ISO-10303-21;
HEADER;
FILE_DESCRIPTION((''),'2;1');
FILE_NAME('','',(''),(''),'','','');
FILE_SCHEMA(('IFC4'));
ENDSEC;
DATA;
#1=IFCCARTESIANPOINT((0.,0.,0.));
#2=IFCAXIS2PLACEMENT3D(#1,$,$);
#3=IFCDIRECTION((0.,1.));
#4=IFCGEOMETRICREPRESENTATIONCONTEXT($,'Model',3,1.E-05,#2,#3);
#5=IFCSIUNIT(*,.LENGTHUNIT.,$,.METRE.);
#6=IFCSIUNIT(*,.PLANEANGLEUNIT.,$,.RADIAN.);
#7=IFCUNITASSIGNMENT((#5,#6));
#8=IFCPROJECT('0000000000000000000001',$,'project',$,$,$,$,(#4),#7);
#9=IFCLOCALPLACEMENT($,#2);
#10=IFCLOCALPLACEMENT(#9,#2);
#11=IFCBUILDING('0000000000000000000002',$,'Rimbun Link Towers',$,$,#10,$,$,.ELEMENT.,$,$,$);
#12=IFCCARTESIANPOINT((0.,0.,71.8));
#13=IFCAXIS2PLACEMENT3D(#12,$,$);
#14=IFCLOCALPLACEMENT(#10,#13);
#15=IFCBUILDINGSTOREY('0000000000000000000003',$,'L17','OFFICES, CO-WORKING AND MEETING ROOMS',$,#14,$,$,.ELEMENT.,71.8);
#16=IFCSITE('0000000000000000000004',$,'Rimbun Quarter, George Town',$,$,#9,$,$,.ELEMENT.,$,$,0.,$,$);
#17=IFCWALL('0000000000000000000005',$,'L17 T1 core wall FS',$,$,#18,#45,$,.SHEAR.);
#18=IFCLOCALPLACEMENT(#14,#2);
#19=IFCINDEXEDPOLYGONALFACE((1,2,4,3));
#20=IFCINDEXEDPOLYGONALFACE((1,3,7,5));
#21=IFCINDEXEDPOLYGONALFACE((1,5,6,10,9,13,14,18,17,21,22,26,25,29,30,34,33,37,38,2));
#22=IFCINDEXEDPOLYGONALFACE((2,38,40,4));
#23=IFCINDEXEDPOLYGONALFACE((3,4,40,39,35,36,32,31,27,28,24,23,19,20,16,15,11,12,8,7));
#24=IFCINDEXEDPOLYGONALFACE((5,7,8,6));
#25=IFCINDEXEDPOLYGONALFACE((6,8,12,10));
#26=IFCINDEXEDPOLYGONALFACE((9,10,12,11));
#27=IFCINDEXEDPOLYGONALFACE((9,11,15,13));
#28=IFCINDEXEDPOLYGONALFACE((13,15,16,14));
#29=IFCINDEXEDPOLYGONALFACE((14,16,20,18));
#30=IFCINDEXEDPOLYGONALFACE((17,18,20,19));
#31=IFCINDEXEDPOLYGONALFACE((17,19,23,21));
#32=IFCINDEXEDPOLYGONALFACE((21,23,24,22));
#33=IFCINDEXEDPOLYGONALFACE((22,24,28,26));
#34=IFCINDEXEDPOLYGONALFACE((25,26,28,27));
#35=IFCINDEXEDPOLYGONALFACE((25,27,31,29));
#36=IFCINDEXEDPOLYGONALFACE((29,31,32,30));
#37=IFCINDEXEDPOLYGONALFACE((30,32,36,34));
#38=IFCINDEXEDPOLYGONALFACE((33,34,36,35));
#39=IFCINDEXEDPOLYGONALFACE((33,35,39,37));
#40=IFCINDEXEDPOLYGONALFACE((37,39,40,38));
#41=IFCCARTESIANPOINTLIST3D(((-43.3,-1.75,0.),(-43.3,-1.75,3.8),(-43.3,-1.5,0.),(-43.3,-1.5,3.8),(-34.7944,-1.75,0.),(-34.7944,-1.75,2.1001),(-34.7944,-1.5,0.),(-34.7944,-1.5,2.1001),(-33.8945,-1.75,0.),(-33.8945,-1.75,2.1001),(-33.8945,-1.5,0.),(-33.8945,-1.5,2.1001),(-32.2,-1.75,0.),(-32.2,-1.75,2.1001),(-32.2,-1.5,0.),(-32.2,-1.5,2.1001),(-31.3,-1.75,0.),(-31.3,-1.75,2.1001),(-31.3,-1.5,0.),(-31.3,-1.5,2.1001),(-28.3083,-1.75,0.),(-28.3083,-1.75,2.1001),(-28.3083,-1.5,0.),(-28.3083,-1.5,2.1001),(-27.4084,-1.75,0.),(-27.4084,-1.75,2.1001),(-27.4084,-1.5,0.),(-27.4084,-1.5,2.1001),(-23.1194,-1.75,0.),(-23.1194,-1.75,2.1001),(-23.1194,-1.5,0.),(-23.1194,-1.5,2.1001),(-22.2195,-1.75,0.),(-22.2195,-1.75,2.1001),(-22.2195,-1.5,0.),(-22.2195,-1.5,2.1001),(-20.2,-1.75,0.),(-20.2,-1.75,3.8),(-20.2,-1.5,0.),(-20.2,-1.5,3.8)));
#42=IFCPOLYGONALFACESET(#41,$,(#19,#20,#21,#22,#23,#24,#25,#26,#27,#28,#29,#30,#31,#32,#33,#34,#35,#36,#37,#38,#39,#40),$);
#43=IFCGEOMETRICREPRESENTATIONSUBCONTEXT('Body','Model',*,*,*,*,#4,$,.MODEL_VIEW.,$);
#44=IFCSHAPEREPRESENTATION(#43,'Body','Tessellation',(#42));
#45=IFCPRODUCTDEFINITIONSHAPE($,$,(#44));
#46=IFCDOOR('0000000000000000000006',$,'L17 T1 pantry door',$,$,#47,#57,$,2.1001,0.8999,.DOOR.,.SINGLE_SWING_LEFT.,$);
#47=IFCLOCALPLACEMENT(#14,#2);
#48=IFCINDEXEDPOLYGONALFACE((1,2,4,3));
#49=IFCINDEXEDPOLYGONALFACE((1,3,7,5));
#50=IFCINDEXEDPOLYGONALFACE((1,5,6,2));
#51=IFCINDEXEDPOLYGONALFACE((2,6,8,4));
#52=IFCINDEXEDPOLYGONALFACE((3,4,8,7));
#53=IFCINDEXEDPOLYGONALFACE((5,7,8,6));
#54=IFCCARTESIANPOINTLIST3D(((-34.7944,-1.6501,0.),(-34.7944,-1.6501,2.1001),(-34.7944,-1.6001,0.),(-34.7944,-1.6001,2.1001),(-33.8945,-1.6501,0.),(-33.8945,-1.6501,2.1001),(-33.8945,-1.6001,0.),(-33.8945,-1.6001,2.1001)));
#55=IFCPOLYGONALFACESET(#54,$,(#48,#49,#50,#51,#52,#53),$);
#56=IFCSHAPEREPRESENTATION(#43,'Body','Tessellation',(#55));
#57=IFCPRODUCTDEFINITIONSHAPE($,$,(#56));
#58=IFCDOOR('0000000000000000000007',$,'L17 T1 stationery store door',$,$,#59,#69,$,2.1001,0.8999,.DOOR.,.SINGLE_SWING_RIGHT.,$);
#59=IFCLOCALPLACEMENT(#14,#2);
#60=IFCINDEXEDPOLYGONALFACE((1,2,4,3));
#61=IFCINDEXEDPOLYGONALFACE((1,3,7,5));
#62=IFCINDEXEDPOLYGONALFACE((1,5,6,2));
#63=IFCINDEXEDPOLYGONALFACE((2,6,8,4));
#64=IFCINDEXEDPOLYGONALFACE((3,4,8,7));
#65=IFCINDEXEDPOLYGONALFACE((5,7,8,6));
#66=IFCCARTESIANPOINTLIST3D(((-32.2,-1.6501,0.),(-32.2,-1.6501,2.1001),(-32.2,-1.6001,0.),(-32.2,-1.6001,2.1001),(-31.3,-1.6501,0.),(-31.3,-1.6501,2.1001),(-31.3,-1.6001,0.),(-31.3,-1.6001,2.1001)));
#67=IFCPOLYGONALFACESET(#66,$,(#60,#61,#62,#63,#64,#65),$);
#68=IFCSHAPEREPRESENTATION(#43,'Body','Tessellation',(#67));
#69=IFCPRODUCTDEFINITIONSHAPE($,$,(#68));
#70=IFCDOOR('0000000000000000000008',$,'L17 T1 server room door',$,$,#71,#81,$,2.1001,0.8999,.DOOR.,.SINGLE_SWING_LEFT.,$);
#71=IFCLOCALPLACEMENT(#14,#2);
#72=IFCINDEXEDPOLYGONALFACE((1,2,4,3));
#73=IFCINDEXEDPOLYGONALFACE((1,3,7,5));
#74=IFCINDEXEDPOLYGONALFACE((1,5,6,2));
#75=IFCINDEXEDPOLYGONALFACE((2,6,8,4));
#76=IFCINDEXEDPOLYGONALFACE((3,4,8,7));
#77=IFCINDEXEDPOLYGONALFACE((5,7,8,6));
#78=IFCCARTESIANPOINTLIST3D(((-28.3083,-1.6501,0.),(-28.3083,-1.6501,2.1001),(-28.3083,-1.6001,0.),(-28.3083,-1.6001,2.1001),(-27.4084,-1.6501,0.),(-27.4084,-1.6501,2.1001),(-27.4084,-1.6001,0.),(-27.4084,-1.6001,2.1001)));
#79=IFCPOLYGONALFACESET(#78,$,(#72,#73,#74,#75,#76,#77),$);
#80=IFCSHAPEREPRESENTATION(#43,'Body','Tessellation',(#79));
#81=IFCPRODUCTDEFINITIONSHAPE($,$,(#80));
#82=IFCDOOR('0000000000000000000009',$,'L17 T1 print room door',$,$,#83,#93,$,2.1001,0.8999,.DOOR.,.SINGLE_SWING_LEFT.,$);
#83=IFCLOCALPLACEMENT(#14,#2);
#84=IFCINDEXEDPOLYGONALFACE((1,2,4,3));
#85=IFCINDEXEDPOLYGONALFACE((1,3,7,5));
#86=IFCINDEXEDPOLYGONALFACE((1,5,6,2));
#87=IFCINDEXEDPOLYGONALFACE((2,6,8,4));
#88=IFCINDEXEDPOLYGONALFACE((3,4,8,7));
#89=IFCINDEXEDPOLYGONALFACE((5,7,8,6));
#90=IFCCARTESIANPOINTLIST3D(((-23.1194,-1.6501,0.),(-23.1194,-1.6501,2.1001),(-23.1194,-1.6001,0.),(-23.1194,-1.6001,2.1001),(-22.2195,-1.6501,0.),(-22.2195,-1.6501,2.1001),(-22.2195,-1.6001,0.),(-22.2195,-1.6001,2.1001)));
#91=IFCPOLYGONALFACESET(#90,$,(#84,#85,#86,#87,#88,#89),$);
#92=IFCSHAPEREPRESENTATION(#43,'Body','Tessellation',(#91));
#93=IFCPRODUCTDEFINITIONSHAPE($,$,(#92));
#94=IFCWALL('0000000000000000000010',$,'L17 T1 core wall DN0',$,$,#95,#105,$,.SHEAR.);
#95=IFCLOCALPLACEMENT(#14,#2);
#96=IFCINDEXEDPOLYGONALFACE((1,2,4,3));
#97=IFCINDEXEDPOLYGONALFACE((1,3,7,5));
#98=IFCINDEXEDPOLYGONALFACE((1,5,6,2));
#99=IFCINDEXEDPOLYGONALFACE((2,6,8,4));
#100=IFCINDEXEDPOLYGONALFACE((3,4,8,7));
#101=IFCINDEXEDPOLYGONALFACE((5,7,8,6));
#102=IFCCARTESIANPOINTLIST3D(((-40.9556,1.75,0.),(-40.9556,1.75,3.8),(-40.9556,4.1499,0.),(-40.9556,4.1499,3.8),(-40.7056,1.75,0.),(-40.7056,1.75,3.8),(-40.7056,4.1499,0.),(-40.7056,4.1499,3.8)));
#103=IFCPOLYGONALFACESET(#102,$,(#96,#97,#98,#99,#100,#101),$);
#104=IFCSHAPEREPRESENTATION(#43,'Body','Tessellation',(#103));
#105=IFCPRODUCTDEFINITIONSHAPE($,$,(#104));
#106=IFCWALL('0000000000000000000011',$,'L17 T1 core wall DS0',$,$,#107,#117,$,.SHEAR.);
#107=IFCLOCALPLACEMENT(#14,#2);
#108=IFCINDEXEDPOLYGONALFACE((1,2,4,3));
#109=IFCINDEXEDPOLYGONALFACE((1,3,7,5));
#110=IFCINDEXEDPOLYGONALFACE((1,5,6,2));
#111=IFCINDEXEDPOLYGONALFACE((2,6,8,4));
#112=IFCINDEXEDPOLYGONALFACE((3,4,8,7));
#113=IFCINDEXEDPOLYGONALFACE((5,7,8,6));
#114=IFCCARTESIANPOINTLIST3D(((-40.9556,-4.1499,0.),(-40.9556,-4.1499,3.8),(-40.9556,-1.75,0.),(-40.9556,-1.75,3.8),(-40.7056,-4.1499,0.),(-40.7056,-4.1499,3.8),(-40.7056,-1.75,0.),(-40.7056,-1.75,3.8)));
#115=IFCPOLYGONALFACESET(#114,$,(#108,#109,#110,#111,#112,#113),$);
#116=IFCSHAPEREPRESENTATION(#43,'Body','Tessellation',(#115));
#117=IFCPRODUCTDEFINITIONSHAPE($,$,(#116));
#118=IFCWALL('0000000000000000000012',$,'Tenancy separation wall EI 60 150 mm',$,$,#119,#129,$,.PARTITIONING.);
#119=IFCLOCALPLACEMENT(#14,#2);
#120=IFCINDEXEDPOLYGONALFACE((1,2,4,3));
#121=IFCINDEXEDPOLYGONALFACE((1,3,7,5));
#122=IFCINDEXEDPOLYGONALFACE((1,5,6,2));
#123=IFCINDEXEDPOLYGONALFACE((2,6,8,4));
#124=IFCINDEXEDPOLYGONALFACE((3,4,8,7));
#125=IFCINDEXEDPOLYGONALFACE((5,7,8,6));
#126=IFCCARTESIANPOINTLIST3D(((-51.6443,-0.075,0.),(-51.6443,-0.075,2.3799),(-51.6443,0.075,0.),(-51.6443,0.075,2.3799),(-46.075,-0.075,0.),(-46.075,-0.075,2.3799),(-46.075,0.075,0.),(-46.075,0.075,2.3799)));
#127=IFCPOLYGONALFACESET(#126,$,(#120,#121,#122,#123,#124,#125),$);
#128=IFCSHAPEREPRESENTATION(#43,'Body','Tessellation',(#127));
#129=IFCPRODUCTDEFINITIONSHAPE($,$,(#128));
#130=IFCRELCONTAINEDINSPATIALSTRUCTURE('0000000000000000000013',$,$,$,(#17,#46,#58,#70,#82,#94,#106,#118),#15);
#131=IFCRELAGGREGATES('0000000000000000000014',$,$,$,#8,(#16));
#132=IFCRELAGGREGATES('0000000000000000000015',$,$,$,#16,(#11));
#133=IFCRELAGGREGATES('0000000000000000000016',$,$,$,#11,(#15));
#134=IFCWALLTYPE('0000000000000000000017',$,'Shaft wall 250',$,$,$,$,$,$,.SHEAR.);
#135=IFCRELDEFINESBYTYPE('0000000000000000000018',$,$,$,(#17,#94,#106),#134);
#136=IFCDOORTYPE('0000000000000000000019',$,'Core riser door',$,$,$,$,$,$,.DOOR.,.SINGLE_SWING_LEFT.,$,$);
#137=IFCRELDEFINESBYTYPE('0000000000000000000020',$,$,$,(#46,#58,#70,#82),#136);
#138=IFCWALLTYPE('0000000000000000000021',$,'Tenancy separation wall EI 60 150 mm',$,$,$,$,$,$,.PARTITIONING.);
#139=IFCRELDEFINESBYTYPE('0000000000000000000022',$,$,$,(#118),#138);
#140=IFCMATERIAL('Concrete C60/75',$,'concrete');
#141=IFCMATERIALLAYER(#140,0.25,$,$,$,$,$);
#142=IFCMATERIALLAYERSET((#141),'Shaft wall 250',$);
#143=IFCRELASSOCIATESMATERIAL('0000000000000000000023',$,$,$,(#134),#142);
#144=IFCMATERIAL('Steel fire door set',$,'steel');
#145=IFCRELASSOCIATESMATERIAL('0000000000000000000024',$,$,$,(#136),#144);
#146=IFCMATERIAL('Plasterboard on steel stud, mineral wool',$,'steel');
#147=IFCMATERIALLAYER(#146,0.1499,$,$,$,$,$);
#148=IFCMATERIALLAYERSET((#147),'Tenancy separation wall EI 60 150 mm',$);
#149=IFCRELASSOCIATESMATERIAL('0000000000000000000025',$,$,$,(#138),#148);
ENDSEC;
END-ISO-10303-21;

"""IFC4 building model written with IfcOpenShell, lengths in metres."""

from ifc_helpers import new_model, si_unit, direction, frame, frame_2d, origin, place, context, subcontext, project, spatial, rectangle, extrude, material, layer, layer_set, type_object, element, fill, save


model = new_model("IFC4")

# Units and contexts
model_context = context("Model", 3, precision=1e-05, world=origin(), true_north=direction((0.0, 1.0)))
body_context = subcontext(model_context, "Body", "Model", "MODEL_VIEW")
ifc_project = project(units=[si_unit("LENGTHUNIT", "METRE"), si_unit("PLANEANGLEUNIT", "RADIAN")], contexts=[model_context])

# Site, building, storey
site_placement = place(None, origin())
site = spatial("IfcSite", under=ifc_project, at=site_placement, Name="Rimbun Quarter, George Town", CompositionType="ELEMENT", RefElevation=0.0)
building_placement = place(site_placement, origin())
building = spatial("IfcBuilding", under=site, at=building_placement, Name="Rimbun Link Towers", CompositionType="ELEMENT")
storey_placement = place(building_placement, frame((0.0, 0.0, 71.8)))
storey = spatial("IfcBuildingStorey", under=building, at=storey_placement, Name="L17", Description="OFFICES, CO-WORKING AND MEETING ROOMS", CompositionType="ELEMENT", Elevation=71.8)

# Shared definitions
ifc_material_1 = material(Name="Concrete C60/75", Category="concrete")
ifc_layer_1 = layer(ifc_material_1, 0.25)
ifc_layer_set_1 = layer_set([ifc_layer_1], Name="Shaft wall 250")
wall_type_1 = type_object("IfcWallType", Name="Shaft wall 250", PredefinedType="SHEAR", material=ifc_layer_set_1)

# Wall, openings, doors
wall_1_placement = place(storey_placement, frame((-43.3, -1.625, 0.0), z_axis=(0.0, 0.0, 1.0), x_axis=(1.0, 0.0, 0.0)))
wall_1 = element("IfcWall", 1, at=wall_1_placement, inside=storey, type_object=wall_type_1, Name="L17 T1 core wall FS", PredefinedType="SHEAR", context=body_context, shape_type="SweptSolid", body=[
    extrude(rectangle(XDim=23.1001, YDim=0.25, at=frame_2d((11.55, 0.0))), origin(), (0.0, 0.0, 1.0), 3.8),
])
opening_1_placement = place(wall_1_placement, frame((8.5056, 0.0, 0.0)))
opening_1 = element("IfcOpeningElement", 2, at=opening_1_placement, cuts=wall_1, PredefinedType="OPENING", context=body_context, shape_type="SweptSolid", body=[
    extrude(rectangle(XDim=0.8999, YDim=2.1001, at=frame_2d((0.45, 1.05))), frame((0.0, 0.135, 0.0), z_axis=(0.0, -1.0, 0.0), x_axis=(1.0, 0.0, 0.0)), (0.0, 0.0, 1.0), 0.27),
])
opening_2_placement = place(wall_1_placement, frame((11.1001, 0.0, 0.0)))
opening_2 = element("IfcOpeningElement", 3, at=opening_2_placement, cuts=wall_1, PredefinedType="OPENING", context=body_context, shape_type="SweptSolid", body=[
    extrude(rectangle(XDim=0.8999, YDim=2.1001, at=frame_2d((0.45, 1.05))), frame((0.0, 0.135, 0.0), z_axis=(0.0, -1.0, 0.0), x_axis=(1.0, 0.0, 0.0)), (0.0, 0.0, 1.0), 0.27),
])
opening_3_placement = place(wall_1_placement, frame((14.9917, 0.0, 0.0)))
opening_3 = element("IfcOpeningElement", 4, at=opening_3_placement, cuts=wall_1, PredefinedType="OPENING", context=body_context, shape_type="SweptSolid", body=[
    extrude(rectangle(XDim=0.8999, YDim=2.1001, at=frame_2d((0.45, 1.05))), frame((0.0, 0.135, 0.0), z_axis=(0.0, -1.0, 0.0), x_axis=(1.0, 0.0, 0.0)), (0.0, 0.0, 1.0), 0.27),
])
opening_4_placement = place(wall_1_placement, frame((20.1807, 0.0, 0.0)))
opening_4 = element("IfcOpeningElement", 5, at=opening_4_placement, cuts=wall_1, PredefinedType="OPENING", context=body_context, shape_type="SweptSolid", body=[
    extrude(rectangle(XDim=0.8999, YDim=2.1001, at=frame_2d((0.45, 1.05))), frame((0.0, 0.135, 0.0), z_axis=(0.0, -1.0, 0.0), x_axis=(1.0, 0.0, 0.0)), (0.0, 0.0, 1.0), 0.27),
])
ifc_material_2 = material(Name="Steel fire door set", Category="steel")
door_type_1 = type_object("IfcDoorType", Name="Core riser door", OperationType="SINGLE_SWING_LEFT", PredefinedType="DOOR", material=ifc_material_2)
door_1_placement = place(opening_1_placement, origin())
door_1 = element("IfcDoor", 6, at=door_1_placement, inside=storey, type_object=door_type_1, Name="L17 T1 pantry door", OperationType="SINGLE_SWING_LEFT", OverallHeight=2.1001, OverallWidth=0.8999, PredefinedType="DOOR", context=body_context, shape_type="SweptSolid", body=[
    extrude(rectangle(XDim=0.8999, YDim=2.1001, at=frame_2d((0.45, 1.05))), frame((0.0, 0.0249, 0.0), z_axis=(0.0, -1.0, 0.0), x_axis=(1.0, 0.0, 0.0)), (0.0, 0.0, 1.0), 0.05),
])
fill(opening_1, door_1)
door_2_placement = place(opening_2_placement, origin())
door_2 = element("IfcDoor", 7, at=door_2_placement, inside=storey, type_object=door_type_1, Name="L17 T1 stationery store door", OperationType="SINGLE_SWING_RIGHT", OverallHeight=2.1001, OverallWidth=0.8999, PredefinedType="DOOR", context=body_context, shape_type="SweptSolid", body=[
    extrude(rectangle(XDim=0.8999, YDim=2.1001, at=frame_2d((0.45, 1.05))), frame((0.0, 0.0249, 0.0), z_axis=(0.0, -1.0, 0.0), x_axis=(1.0, 0.0, 0.0)), (0.0, 0.0, 1.0), 0.05),
])
fill(opening_2, door_2)
door_3_placement = place(opening_3_placement, origin())
door_3 = element("IfcDoor", 8, at=door_3_placement, inside=storey, type_object=door_type_1, Name="L17 T1 server room door", OperationType="SINGLE_SWING_LEFT", OverallHeight=2.1001, OverallWidth=0.8999, PredefinedType="DOOR", context=body_context, shape_type="SweptSolid", body=[
    extrude(rectangle(XDim=0.8999, YDim=2.1001, at=frame_2d((0.45, 1.05))), frame((0.0, 0.0249, 0.0), z_axis=(0.0, -1.0, 0.0), x_axis=(1.0, 0.0, 0.0)), (0.0, 0.0, 1.0), 0.05),
])
fill(opening_3, door_3)
door_4_placement = place(opening_4_placement, origin())
door_4 = element("IfcDoor", 9, at=door_4_placement, inside=storey, type_object=door_type_1, Name="L17 T1 print room door", OperationType="SINGLE_SWING_LEFT", OverallHeight=2.1001, OverallWidth=0.8999, PredefinedType="DOOR", context=body_context, shape_type="SweptSolid", body=[
    extrude(rectangle(XDim=0.8999, YDim=2.1001, at=frame_2d((0.45, 1.05))), frame((0.0, 0.0249, 0.0), z_axis=(0.0, -1.0, 0.0), x_axis=(1.0, 0.0, 0.0)), (0.0, 0.0, 1.0), 0.05),
])
fill(opening_4, door_4)

# Walls
for number, where, z_axis, x_axis, name in (
    (10, (-40.8306, 1.75, 0.0), (0.0, 0.0, 1.0), (0.0, 1.0, 0.0), "L17 T1 core wall DN0"),
    (11, (-40.8306, -4.1499, 0.0), (0.0, 0.0, 1.0), (0.0, 1.0, 0.0), "L17 T1 core wall DS0"),
):
    element("IfcWall", number, at=place(storey_placement, frame(where, z_axis=z_axis, x_axis=x_axis)), inside=storey, type_object=wall_type_1, Name=name, PredefinedType="SHEAR", context=body_context, shape_type="SweptSolid", body=[
        extrude(rectangle(XDim=2.3999, YDim=0.25, at=frame_2d((1.2, 0.0))), origin(), (0.0, 0.0, 1.0), 3.8),
    ])
ifc_material_3 = material(Name="Plasterboard on steel stud, mineral wool", Category="steel")
ifc_layer_2 = layer(ifc_material_3, 0.1499)
ifc_layer_set_2 = layer_set([ifc_layer_2], Name="Tenancy separation wall EI 60 150 mm")
wall_type_2 = type_object("IfcWallType", Name="Tenancy separation wall EI 60 150 mm", PredefinedType="PARTITIONING", material=ifc_layer_set_2)
wall_2_placement = place(storey_placement, frame((-46.075, 0.0, 0.0), z_axis=(0.0, 0.0, 1.0), x_axis=(-1.0, 0.0, 0.0)))
element("IfcWall", 12, at=wall_2_placement, inside=storey, type_object=wall_type_2, Name="Tenancy separation wall EI 60 150 mm", PredefinedType="PARTITIONING", context=body_context, shape_type="SweptSolid", body=[
    extrude(rectangle(XDim=5.5693, YDim=0.1499, at=frame_2d((2.7847, 0.0))), origin(), (0.0, 0.0, 1.0), 2.3799),
])

save(model, "model.ifc")
